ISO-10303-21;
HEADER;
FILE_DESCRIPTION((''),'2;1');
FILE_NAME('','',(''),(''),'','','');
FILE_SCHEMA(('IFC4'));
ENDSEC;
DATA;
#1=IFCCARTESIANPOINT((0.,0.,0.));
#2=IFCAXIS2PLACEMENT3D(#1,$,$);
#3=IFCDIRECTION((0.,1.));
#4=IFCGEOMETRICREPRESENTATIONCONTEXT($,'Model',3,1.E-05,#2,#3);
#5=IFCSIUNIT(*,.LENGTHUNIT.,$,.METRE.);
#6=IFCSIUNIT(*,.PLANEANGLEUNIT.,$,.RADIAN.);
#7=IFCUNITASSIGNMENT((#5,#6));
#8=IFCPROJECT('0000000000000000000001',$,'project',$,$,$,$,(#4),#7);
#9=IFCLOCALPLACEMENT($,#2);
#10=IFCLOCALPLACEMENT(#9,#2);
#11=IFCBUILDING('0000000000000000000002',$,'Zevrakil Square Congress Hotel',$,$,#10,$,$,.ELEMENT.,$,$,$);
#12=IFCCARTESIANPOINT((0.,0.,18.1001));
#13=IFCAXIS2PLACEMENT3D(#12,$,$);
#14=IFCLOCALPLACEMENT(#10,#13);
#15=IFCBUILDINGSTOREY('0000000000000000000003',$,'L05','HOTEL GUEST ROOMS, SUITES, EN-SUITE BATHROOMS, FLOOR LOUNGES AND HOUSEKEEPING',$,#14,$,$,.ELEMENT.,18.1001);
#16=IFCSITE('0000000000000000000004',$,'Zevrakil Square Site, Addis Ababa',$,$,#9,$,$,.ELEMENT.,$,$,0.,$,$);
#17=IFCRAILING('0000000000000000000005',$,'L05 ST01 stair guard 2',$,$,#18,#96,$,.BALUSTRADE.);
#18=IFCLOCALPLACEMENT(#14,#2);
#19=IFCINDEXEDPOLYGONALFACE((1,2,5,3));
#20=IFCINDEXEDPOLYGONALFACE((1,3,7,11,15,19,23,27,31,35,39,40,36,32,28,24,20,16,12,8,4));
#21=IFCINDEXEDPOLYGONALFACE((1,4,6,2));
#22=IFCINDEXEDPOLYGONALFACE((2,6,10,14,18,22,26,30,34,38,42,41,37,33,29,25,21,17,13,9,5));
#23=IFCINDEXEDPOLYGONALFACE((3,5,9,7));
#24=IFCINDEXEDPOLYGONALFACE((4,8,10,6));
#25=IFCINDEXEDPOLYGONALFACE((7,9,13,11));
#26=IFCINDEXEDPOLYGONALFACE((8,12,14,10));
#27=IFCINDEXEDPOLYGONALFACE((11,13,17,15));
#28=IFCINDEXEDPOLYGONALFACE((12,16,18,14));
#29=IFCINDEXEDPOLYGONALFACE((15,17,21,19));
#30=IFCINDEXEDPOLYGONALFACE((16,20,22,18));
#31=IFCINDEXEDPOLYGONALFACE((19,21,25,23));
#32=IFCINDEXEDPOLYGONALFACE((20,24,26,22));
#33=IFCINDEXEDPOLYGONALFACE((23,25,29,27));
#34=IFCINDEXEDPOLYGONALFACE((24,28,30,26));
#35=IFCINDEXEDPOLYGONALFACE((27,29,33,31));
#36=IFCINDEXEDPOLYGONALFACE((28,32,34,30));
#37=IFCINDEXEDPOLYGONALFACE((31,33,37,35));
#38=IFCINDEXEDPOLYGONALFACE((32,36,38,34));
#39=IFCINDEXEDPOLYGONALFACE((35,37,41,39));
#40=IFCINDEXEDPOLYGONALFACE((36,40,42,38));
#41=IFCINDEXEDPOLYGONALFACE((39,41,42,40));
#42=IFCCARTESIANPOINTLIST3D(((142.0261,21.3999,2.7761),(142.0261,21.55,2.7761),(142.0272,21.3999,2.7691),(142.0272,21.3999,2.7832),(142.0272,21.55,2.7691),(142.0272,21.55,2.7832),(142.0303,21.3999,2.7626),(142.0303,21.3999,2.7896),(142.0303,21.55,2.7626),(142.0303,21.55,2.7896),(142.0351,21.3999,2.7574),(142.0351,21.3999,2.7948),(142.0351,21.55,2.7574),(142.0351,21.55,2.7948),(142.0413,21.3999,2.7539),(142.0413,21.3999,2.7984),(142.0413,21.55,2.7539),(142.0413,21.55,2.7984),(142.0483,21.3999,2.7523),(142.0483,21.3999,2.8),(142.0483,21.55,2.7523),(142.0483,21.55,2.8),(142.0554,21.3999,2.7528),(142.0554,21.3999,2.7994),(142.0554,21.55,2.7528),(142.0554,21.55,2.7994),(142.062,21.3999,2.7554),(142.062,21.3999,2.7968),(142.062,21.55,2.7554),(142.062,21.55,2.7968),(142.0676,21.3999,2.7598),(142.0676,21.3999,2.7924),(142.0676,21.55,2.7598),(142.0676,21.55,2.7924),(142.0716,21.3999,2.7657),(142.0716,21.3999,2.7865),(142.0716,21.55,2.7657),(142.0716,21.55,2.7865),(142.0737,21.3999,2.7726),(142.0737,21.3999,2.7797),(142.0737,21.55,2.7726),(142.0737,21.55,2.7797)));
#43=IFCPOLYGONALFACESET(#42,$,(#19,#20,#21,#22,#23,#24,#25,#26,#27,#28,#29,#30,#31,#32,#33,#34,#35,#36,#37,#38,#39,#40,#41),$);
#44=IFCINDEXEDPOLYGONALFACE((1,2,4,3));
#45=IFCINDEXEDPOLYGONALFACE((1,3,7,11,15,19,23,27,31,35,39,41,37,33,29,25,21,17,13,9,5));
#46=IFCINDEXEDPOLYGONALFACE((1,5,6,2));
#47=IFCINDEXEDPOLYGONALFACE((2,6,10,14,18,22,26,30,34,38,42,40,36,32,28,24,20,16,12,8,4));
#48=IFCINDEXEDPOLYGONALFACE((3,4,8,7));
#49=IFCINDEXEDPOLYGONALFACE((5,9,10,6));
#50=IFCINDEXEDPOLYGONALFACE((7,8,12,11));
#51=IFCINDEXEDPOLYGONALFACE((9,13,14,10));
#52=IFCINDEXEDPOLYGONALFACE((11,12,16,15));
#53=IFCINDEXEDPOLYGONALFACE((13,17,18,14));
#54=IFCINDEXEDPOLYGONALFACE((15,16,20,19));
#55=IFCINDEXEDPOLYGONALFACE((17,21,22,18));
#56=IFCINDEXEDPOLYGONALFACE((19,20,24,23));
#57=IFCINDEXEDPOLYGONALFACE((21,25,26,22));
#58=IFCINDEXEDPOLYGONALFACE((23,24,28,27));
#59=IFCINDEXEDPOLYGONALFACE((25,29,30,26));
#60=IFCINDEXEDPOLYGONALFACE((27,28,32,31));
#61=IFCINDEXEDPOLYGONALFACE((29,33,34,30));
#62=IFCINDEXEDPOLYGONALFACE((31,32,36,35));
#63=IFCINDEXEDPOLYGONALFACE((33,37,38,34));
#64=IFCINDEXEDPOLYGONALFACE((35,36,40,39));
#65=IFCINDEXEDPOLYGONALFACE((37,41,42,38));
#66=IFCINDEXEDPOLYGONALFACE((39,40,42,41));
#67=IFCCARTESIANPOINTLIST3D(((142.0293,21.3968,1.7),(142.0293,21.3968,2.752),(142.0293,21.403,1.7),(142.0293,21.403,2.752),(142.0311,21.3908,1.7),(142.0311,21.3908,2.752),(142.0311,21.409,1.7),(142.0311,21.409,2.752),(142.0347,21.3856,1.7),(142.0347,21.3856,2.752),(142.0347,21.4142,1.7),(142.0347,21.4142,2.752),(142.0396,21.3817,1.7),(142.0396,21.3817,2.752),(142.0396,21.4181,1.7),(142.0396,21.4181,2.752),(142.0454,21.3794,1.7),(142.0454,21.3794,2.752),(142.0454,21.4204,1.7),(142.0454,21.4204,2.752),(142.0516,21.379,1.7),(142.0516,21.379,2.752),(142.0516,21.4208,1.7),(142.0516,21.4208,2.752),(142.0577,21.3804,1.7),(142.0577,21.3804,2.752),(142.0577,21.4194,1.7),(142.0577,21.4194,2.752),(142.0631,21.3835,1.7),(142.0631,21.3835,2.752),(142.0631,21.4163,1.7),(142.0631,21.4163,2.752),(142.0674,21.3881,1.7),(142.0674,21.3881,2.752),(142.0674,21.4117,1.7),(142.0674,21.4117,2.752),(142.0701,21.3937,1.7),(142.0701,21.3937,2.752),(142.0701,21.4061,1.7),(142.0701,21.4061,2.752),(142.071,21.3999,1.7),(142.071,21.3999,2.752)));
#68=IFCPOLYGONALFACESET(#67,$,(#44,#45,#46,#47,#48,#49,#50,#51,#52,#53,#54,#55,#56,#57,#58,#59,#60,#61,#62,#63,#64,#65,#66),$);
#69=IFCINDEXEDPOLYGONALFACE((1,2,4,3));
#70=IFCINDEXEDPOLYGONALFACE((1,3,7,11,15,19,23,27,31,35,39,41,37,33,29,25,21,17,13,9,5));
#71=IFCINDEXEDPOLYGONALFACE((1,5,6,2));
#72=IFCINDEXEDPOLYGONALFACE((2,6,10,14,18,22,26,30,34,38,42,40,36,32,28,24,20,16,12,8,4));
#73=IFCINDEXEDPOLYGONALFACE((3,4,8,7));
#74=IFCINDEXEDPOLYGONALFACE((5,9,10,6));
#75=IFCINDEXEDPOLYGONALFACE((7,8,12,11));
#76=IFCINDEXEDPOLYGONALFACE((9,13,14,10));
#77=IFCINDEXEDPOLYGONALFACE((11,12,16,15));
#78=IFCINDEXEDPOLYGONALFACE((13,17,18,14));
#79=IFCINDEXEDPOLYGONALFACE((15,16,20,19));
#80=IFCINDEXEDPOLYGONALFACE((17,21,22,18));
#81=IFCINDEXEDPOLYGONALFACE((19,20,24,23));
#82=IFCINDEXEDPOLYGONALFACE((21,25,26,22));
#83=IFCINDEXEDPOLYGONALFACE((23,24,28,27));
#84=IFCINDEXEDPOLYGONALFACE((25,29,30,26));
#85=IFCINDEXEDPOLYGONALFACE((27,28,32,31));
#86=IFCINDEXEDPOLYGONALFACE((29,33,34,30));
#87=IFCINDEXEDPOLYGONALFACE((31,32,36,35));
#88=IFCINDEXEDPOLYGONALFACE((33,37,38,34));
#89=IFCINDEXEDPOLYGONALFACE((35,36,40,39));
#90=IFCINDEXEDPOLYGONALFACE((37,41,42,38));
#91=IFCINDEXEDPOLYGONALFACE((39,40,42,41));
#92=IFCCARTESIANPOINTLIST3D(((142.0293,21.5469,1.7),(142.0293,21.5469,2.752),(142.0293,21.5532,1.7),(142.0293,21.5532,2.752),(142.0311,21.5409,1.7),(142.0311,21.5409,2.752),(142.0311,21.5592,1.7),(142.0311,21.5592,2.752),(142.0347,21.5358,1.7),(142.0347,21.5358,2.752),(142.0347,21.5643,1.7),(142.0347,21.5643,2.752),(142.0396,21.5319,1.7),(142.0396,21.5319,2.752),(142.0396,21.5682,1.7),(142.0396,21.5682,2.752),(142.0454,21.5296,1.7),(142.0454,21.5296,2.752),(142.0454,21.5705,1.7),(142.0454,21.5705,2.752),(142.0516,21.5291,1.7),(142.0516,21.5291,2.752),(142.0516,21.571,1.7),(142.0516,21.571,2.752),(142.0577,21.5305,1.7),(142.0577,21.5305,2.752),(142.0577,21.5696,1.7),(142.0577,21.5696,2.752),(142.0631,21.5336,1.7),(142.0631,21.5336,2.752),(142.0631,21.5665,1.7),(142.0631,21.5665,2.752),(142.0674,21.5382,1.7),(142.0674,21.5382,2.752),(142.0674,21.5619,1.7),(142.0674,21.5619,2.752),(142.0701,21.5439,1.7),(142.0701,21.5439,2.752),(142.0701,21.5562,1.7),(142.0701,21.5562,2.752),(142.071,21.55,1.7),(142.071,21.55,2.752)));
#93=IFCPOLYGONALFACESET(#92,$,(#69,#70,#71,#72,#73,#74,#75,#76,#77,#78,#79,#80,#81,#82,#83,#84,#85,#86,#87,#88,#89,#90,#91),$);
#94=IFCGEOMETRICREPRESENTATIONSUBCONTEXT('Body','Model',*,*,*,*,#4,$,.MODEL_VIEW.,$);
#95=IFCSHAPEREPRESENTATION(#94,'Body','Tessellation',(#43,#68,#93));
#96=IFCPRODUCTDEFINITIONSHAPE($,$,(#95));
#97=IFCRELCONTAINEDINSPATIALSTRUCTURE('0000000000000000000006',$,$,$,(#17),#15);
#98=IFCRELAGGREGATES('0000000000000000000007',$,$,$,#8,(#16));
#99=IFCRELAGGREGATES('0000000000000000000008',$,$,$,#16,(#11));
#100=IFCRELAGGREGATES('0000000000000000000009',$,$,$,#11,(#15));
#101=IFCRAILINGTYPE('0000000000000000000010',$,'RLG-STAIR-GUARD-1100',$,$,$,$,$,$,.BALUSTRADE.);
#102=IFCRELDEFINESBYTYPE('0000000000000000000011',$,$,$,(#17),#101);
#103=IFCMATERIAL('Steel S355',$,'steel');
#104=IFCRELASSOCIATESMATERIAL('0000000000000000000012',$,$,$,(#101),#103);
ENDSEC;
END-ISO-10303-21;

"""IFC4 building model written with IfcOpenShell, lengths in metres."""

from ifc_helpers import new_model, si_unit, direction, frame, origin, origin_2d, place, context, subcontext, project, spatial, circle, extrude, material, type_object, element, save


model = new_model("IFC4")

# Units and contexts
model_context = context("Model", 3, precision=1e-05, world=origin(), true_north=direction((0.0, 1.0)))
body_context = subcontext(model_context, "Body", "Model", "MODEL_VIEW")
ifc_project = project(units=[si_unit("LENGTHUNIT", "METRE"), si_unit("PLANEANGLEUNIT", "RADIAN")], contexts=[model_context])

# Site, building, storey
site_placement = place(None, origin())
site = spatial("IfcSite", under=ifc_project, at=site_placement, Name="Zevrakil Square Site, Addis Ababa", CompositionType="ELEMENT", RefElevation=0.0)
building_placement = place(site_placement, origin())
building = spatial("IfcBuilding", under=site, at=building_placement, Name="Zevrakil Square Congress Hotel", CompositionType="ELEMENT")
storey_placement = place(building_placement, frame((0.0, 0.0, 18.1001)))
storey = spatial("IfcBuildingStorey", under=building, at=storey_placement, Name="L05", Description="HOTEL GUEST ROOMS, SUITES, EN-SUITE BATHROOMS, FLOOR LOUNGES AND HOUSEKEEPING", CompositionType="ELEMENT", Elevation=18.1001)

# Railing
ifc_material_1 = material(Name="Steel S355", Category="steel")
railing_type_1 = type_object("IfcRailingType", Name="RLG-STAIR-GUARD-1100", PredefinedType="BALUSTRADE", material=ifc_material_1)
railing_1_placement = place(storey_placement, frame((142.05, 21.3999, 1.7)))
element("IfcRailing", 1, at=railing_1_placement, inside=storey, type_object=railing_type_1, Name="L05 ST01 stair guard 2", PredefinedType="BALUSTRADE", context=body_context, shape_type="SweptSolid", body=[
    extrude(circle(Radius=0.0239, at=origin_2d()), frame((0.0, 0.0, 1.0762), z_axis=(0.0, 1.0, 0.0), x_axis=(-1.0, 0.0, 0.0)), (0.0, 0.0, 1.0), 0.1501),
    extrude(circle(Radius=0.021, at=origin_2d()), origin(), (0.0, 0.0, 1.0), 1.052),
    extrude(circle(Radius=0.021, at=origin_2d()), frame((0.0, 0.1501, 0.0)), (0.0, 0.0, 1.0), 1.052),
])

save(model, "model.ifc")
